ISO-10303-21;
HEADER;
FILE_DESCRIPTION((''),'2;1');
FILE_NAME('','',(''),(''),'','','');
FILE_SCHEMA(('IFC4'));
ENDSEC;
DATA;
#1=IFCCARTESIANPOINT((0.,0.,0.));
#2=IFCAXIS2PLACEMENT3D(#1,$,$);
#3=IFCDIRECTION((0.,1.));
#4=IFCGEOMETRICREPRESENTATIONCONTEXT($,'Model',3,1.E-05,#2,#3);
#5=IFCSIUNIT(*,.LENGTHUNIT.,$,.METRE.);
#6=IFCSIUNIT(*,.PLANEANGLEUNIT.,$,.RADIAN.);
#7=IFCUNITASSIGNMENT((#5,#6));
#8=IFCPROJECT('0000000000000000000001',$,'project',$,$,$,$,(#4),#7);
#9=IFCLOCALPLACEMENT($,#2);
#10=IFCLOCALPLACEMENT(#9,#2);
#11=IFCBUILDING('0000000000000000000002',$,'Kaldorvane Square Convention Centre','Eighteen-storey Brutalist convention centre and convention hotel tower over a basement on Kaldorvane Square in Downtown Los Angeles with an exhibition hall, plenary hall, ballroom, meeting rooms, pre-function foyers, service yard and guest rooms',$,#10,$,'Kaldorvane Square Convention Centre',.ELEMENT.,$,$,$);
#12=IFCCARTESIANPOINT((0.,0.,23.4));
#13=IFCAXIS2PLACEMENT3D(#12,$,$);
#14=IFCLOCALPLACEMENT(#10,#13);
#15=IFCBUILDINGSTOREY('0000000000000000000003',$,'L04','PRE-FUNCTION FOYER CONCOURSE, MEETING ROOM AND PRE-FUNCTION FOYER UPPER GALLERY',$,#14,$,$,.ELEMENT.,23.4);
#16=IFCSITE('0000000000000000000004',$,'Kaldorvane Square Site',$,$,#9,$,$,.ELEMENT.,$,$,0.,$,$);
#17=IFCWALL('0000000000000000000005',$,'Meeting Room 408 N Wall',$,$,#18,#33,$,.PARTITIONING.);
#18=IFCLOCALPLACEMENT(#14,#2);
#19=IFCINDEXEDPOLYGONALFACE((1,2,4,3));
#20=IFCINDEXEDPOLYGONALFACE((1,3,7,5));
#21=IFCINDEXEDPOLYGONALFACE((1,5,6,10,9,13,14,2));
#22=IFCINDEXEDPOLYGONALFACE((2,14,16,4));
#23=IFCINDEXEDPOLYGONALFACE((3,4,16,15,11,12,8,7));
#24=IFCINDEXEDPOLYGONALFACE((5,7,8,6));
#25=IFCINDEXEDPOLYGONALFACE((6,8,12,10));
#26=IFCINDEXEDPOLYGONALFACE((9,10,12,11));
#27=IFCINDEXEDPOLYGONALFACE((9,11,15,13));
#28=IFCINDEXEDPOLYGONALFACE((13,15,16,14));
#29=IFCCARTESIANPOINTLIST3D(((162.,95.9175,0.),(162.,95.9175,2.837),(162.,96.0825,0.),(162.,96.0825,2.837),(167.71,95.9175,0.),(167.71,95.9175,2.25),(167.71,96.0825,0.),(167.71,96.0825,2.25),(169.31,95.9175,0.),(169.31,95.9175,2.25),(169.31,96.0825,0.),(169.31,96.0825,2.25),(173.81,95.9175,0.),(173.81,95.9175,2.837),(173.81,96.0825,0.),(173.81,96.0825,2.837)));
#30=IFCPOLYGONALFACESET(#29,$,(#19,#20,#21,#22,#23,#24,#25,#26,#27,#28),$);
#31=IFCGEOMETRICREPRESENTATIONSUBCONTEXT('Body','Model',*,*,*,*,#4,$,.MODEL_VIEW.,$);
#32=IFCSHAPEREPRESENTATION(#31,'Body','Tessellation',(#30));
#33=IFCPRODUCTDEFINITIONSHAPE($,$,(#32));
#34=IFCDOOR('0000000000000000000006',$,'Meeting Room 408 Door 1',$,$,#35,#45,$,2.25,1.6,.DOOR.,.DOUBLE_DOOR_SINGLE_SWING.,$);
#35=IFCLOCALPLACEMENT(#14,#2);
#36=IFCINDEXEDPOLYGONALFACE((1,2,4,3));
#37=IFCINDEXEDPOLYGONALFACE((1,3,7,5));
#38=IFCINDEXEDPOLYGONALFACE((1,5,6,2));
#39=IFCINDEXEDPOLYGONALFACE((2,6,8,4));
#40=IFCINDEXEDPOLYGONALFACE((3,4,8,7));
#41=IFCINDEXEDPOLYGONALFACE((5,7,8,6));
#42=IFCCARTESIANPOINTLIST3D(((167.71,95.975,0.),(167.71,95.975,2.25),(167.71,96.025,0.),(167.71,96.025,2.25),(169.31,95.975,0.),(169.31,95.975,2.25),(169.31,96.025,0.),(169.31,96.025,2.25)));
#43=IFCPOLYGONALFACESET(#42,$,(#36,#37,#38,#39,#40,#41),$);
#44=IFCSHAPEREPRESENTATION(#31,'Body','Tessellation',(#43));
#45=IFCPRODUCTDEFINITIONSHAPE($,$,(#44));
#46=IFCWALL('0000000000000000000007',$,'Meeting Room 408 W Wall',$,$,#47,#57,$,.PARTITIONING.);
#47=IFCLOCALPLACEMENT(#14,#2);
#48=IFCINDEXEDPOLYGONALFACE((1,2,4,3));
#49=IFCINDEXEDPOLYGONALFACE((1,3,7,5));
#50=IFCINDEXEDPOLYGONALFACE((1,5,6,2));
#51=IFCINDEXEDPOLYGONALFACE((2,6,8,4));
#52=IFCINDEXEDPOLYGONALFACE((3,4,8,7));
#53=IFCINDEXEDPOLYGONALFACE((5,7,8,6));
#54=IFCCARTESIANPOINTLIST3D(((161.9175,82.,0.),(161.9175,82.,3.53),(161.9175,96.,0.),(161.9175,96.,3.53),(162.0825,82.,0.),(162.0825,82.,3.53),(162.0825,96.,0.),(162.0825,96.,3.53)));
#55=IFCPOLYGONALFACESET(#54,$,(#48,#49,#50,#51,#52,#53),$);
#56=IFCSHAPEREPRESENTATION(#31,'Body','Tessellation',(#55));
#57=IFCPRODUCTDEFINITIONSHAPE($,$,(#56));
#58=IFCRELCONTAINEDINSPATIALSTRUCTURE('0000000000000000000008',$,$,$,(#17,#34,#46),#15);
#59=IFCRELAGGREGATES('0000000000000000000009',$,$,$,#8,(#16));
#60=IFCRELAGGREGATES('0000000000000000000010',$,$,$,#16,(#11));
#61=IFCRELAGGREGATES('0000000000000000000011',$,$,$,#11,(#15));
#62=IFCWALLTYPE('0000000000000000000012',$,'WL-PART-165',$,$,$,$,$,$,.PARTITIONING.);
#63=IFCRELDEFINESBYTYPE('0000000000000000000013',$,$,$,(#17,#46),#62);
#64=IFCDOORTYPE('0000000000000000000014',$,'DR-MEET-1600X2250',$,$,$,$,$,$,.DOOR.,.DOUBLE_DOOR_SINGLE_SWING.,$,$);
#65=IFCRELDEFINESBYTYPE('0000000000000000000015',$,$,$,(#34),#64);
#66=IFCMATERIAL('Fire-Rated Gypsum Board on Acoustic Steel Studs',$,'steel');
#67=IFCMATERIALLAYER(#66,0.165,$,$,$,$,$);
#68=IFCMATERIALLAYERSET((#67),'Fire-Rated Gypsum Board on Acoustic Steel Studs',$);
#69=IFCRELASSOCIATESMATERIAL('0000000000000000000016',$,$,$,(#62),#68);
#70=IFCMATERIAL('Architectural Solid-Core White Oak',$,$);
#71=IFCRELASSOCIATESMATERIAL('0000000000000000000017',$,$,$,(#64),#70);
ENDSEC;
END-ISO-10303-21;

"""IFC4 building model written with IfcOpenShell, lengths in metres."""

from ifc_helpers import new_model, si_unit, direction, frame, frame_2d, origin, place, context, subcontext, project, spatial, rectangle, extrude, material, layer, layer_set, type_object, element, fill, save


model = new_model("IFC4")

# Units and contexts
model_context = context("Model", 3, precision=1e-05, world=origin(), true_north=direction((0.0, 1.0)))
body_context = subcontext(model_context, "Body", "Model", "MODEL_VIEW")
ifc_project = project(units=[si_unit("LENGTHUNIT", "METRE"), si_unit("PLANEANGLEUNIT", "RADIAN")], contexts=[model_context])

# Site, building, storey
site_placement = place(None, origin())
site = spatial("IfcSite", under=ifc_project, at=site_placement, Name="Kaldorvane Square Site", CompositionType="ELEMENT", RefElevation=0.0)
building_placement = place(site_placement, origin())
building = spatial("IfcBuilding", under=site, at=building_placement, Name="Kaldorvane Square Convention Centre", Description="Eighteen-storey Brutalist convention centre and convention hotel tower over a basement on Kaldorvane Square in Downtown Los Angeles with an exhibition hall, plenary hall, ballroom, meeting rooms, pre-function foyers, service yard and guest rooms", LongName="Kaldorvane Square Convention Centre", CompositionType="ELEMENT")
storey_placement = place(building_placement, frame((0.0, 0.0, 23.4)))
storey = spatial("IfcBuildingStorey", under=building, at=storey_placement, Name="L04", Description="PRE-FUNCTION FOYER CONCOURSE, MEETING ROOM AND PRE-FUNCTION FOYER UPPER GALLERY", CompositionType="ELEMENT", Elevation=23.4)

# Wall, opening, door
ifc_material_1 = material(Name="Fire-Rated Gypsum Board on Acoustic Steel Studs", Category="steel")
ifc_layer_1 = layer(ifc_material_1, 0.165)
ifc_layer_set_1 = layer_set([ifc_layer_1], Name="Fire-Rated Gypsum Board on Acoustic Steel Studs")
wall_type_1 = type_object("IfcWallType", Name="WL-PART-165", PredefinedType="PARTITIONING", material=ifc_layer_set_1)
wall_1_placement = place(storey_placement, frame((173.81, 96.0, 0.0), z_axis=(0.0, 0.0, 1.0), x_axis=(-1.0, 0.0, 0.0)))
wall_1 = element("IfcWall", 1, at=wall_1_placement, inside=storey, type_object=wall_type_1, Name="Meeting Room 408 N Wall", PredefinedType="PARTITIONING", context=body_context, shape_type="SweptSolid", body=[
    extrude(rectangle(XDim=11.81, YDim=0.165, at=frame_2d((5.905, 0.0))), origin(), (0.0, 0.0, 1.0), 2.837),
])
opening_placement = place(wall_1_placement, frame((4.5, 0.0, 0.0)))
opening = element("IfcOpeningElement", 2, at=opening_placement, cuts=wall_1, PredefinedType="OPENING", context=body_context, shape_type="SweptSolid", body=[
    extrude(rectangle(XDim=1.6, YDim=2.25, at=frame_2d((0.8, 1.125))), frame((0.0, 0.0975, 0.0), z_axis=(0.0, -1.0, 0.0), x_axis=(1.0, 0.0, 0.0)), (0.0, 0.0, 1.0), 0.195),
])
ifc_material_2 = material(Name="Architectural Solid-Core White Oak")
door_type = type_object("IfcDoorType", Name="DR-MEET-1600X2250", OperationType="DOUBLE_DOOR_SINGLE_SWING", PredefinedType="DOOR", material=ifc_material_2)
door_placement = place(opening_placement, origin())
door = element("IfcDoor", 3, at=door_placement, inside=storey, type_object=door_type, Name="Meeting Room 408 Door 1", OperationType="DOUBLE_DOOR_SINGLE_SWING", OverallHeight=2.25, OverallWidth=1.6, PredefinedType="DOOR", context=body_context, shape_type="SweptSolid", body=[
    extrude(rectangle(XDim=1.6, YDim=2.25, at=frame_2d((0.8, 1.125))), frame((0.0, 0.025, 0.0), z_axis=(0.0, -1.0, 0.0), x_axis=(1.0, 0.0, 0.0)), (0.0, 0.0, 1.0), 0.05),
])
fill(opening, door)

# Wall
wall_2_placement = place(storey_placement, frame((162.0, 96.0, 0.0), z_axis=(0.0, 0.0, 1.0), x_axis=(0.0, -1.0, 0.0)))
element("IfcWall", 4, at=wall_2_placement, inside=storey, type_object=wall_type_1, Name="Meeting Room 408 W Wall", PredefinedType="PARTITIONING", context=body_context, shape_type="SweptSolid", body=[
    extrude(rectangle(XDim=14.0, YDim=0.165, at=frame_2d((7.0, 0.0))), origin(), (0.0, 0.0, 1.0), 3.53),
])

save(model, "model.ifc")
